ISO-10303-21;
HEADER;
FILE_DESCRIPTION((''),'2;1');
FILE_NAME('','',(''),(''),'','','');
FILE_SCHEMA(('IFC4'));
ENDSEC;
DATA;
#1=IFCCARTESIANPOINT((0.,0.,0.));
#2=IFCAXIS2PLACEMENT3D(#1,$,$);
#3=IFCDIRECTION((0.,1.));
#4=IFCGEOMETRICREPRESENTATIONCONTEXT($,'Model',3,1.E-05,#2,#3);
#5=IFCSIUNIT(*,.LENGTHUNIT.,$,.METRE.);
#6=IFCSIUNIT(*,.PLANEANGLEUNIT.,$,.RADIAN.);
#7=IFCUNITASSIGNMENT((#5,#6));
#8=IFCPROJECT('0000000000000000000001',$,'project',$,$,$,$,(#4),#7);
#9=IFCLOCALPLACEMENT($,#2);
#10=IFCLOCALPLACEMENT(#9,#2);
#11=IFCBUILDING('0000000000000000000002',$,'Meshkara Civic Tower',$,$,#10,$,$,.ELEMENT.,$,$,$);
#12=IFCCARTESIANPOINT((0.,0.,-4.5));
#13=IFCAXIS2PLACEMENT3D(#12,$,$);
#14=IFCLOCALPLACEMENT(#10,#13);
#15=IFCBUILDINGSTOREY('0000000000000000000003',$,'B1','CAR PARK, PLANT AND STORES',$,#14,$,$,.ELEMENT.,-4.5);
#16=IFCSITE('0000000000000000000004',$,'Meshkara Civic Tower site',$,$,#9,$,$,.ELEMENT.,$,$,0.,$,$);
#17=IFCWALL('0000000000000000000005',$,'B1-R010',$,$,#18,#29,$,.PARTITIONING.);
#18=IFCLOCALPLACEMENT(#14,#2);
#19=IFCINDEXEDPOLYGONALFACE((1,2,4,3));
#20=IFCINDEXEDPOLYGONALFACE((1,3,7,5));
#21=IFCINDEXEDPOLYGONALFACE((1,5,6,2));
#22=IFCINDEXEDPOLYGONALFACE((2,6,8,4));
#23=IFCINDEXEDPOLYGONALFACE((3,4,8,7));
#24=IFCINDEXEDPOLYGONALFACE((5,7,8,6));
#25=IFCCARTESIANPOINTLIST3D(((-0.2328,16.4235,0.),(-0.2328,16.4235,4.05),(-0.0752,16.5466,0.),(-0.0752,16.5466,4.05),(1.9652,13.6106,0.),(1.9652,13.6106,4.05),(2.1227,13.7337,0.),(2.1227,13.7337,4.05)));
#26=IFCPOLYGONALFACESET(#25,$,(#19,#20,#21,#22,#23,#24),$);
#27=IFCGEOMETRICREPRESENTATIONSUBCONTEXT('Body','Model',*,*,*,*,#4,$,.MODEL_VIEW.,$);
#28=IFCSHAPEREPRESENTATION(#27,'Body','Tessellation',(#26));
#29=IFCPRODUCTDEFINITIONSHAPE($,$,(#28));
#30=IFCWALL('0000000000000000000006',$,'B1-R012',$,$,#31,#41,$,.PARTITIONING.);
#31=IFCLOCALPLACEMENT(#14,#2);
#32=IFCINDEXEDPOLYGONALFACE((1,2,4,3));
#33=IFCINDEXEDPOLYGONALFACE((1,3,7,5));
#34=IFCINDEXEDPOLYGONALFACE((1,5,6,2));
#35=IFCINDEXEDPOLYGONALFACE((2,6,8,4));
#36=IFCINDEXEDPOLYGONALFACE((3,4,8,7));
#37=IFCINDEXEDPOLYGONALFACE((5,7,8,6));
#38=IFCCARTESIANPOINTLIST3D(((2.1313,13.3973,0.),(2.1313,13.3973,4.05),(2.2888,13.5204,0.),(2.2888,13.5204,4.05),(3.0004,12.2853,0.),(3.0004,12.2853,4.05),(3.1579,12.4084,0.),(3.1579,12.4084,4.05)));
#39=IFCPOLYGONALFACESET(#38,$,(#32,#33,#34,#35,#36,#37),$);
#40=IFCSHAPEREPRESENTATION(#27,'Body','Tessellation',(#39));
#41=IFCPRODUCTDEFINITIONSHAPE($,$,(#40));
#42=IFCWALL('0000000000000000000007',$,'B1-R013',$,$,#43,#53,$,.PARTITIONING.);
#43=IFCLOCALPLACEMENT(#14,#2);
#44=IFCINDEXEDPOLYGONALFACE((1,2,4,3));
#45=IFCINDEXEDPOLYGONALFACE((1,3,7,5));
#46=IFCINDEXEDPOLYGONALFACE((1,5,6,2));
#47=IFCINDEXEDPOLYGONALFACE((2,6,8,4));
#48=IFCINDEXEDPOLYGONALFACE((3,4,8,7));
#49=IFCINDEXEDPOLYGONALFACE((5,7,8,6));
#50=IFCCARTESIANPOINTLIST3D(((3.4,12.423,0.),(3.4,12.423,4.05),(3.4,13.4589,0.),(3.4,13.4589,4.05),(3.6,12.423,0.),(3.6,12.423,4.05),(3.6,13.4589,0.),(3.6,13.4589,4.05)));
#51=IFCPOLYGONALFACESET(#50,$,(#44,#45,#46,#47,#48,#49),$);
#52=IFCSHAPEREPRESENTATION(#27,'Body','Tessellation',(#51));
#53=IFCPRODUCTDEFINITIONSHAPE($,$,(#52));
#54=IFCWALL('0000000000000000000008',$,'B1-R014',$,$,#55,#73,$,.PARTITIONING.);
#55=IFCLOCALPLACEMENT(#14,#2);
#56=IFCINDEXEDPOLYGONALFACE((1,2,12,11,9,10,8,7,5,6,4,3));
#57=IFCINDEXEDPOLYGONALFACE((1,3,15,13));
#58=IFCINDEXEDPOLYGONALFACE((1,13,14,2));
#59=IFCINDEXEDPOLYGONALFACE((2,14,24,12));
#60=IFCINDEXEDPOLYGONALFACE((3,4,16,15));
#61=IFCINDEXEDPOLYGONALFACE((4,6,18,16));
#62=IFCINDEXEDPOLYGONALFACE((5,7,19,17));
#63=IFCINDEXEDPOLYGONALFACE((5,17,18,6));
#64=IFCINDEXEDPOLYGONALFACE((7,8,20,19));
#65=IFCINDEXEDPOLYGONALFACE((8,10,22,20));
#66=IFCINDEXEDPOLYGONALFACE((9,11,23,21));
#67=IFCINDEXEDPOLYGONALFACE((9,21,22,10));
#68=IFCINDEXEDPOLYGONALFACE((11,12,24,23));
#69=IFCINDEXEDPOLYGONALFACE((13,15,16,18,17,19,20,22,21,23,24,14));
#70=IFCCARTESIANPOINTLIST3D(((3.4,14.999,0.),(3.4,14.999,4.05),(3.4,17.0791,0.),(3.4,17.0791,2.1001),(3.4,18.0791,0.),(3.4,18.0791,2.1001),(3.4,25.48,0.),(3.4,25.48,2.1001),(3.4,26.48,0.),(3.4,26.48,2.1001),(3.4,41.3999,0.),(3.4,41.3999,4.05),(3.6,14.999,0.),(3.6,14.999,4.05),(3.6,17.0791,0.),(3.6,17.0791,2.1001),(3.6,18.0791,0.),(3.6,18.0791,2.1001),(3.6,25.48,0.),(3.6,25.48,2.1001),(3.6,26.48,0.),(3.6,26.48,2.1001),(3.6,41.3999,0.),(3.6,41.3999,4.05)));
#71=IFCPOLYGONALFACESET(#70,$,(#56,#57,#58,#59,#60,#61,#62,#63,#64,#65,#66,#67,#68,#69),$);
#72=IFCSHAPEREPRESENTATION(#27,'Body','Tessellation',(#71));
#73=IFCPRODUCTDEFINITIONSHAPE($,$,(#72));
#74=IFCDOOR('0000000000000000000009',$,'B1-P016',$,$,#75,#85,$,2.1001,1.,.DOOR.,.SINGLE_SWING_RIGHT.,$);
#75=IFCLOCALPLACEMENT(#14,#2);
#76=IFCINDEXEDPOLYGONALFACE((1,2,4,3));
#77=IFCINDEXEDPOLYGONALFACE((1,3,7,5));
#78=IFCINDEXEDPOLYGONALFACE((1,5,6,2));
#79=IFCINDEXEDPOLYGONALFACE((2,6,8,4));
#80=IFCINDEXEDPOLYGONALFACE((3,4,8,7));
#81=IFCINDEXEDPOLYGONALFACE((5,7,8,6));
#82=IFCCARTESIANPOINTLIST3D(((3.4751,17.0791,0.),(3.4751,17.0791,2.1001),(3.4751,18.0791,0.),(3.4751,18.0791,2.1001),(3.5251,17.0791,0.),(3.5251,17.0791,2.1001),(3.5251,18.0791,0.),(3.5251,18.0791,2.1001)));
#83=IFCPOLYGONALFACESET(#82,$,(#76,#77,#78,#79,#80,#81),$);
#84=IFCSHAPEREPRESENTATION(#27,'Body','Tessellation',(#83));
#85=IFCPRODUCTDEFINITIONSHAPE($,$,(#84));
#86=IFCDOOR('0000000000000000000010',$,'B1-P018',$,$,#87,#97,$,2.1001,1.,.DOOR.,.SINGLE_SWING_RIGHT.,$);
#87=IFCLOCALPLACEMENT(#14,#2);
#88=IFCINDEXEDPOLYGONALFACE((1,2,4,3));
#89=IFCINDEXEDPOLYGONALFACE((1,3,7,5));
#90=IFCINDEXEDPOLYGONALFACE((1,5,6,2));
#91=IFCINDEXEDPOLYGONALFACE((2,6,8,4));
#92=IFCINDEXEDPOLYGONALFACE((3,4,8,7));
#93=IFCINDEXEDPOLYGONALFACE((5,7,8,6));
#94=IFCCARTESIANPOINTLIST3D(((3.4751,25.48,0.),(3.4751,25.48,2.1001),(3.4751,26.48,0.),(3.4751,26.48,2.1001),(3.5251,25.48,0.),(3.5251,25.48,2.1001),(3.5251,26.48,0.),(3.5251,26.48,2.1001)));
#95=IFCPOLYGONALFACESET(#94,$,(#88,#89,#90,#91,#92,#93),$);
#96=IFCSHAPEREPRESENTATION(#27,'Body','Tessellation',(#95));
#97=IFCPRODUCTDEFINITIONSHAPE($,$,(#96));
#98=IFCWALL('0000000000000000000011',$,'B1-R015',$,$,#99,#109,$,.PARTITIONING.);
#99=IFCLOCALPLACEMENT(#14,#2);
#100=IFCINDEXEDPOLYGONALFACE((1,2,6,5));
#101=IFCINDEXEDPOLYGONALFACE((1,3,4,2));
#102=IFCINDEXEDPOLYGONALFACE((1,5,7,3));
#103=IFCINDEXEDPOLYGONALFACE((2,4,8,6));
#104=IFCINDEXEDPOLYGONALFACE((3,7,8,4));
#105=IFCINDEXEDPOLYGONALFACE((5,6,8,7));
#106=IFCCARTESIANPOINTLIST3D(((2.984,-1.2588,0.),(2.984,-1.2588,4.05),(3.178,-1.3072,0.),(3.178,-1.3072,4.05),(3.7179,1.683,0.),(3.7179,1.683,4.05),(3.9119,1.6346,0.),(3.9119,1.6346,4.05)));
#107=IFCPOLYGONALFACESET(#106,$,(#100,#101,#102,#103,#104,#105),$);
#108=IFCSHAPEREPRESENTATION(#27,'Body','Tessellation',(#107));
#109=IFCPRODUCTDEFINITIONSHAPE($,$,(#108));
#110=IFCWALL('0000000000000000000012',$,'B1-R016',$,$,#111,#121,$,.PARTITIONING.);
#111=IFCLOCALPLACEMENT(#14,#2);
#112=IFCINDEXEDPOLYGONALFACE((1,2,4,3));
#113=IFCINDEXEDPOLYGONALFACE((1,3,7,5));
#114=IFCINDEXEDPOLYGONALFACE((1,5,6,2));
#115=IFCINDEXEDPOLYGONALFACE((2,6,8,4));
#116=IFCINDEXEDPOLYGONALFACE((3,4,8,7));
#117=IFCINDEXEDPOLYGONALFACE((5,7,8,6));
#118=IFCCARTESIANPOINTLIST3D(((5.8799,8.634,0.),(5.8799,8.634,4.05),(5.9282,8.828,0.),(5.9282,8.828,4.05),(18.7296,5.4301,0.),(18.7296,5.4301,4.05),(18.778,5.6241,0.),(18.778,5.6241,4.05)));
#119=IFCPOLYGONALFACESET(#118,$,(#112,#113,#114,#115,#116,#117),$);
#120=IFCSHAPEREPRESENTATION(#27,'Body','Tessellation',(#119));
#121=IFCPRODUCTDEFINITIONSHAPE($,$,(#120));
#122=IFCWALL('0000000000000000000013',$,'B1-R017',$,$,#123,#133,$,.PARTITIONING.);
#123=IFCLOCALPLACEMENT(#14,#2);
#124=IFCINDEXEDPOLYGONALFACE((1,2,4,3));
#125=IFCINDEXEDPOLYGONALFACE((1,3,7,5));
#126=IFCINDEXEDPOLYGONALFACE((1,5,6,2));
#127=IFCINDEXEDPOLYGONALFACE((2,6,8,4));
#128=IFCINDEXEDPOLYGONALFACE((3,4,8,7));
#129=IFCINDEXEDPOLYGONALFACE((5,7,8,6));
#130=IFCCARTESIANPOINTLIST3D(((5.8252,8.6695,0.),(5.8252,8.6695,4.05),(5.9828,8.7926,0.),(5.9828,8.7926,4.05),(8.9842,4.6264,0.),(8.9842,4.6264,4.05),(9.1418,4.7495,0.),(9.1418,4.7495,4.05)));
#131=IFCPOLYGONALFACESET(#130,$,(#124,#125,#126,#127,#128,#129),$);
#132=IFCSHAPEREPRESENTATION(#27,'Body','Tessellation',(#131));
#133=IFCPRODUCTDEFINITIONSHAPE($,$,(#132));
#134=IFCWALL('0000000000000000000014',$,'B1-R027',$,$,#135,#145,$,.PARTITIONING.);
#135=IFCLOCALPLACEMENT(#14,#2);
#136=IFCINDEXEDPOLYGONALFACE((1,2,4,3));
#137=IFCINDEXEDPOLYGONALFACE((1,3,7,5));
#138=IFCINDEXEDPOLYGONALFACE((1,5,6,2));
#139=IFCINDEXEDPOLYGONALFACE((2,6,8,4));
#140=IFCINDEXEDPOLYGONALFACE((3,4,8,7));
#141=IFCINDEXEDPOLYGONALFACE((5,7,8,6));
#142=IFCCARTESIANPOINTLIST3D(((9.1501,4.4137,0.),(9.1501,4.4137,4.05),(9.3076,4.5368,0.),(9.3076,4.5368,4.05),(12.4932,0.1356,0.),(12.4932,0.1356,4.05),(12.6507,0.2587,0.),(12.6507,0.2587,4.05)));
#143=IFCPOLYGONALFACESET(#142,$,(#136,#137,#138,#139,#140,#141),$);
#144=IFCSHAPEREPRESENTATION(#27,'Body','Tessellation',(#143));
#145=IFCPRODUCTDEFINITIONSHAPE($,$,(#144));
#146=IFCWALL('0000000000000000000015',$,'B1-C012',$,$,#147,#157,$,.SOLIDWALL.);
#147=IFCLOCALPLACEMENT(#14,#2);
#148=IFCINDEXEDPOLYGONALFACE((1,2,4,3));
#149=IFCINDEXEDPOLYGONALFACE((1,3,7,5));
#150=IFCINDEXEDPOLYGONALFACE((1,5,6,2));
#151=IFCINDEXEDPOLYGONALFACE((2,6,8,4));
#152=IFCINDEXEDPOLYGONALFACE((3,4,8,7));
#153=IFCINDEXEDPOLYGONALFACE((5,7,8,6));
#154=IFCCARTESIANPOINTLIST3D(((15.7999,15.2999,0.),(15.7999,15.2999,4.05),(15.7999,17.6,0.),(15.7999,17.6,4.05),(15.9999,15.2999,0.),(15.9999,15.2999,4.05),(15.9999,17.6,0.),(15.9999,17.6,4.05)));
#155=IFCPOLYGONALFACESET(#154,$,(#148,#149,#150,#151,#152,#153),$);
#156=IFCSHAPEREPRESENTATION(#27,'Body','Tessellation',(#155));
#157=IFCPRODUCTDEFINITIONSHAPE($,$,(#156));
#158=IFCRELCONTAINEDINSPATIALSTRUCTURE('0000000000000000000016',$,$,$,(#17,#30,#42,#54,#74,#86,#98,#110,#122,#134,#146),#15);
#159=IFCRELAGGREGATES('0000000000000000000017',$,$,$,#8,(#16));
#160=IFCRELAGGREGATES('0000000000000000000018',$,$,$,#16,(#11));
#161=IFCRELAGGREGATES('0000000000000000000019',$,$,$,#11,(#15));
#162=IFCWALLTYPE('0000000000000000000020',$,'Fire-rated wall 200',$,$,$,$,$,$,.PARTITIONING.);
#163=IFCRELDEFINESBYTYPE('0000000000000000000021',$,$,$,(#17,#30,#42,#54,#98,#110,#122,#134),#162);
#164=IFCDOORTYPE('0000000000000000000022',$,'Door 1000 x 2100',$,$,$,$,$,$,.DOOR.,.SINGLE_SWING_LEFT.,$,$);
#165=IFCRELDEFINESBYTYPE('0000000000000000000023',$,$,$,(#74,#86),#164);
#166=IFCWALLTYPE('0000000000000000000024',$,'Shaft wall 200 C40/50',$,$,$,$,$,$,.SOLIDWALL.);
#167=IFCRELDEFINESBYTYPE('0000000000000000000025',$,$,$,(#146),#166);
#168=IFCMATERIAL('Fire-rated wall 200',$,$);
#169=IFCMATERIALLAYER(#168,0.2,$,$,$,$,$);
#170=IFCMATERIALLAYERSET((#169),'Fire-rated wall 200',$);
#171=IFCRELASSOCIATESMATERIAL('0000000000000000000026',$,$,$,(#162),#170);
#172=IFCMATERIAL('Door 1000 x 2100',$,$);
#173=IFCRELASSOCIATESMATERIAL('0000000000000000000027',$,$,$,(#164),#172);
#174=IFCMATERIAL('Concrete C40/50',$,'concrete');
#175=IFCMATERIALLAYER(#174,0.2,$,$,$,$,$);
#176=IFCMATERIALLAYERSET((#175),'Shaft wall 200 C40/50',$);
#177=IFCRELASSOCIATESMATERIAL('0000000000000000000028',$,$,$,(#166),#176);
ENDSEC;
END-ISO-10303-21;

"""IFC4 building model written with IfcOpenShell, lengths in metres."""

from ifc_helpers import new_model, si_unit, direction, frame, frame_2d, origin, place, context, subcontext, project, spatial, rectangle, extrude, material, layer, layer_set, type_object, element, fill, save


model = new_model("IFC4")

# Units and contexts
model_context = context("Model", 3, precision=1e-05, world=origin(), true_north=direction((0.0, 1.0)))
body_context = subcontext(model_context, "Body", "Model", "MODEL_VIEW")
ifc_project = project(units=[si_unit("LENGTHUNIT", "METRE"), si_unit("PLANEANGLEUNIT", "RADIAN")], contexts=[model_context])

# Site, building, storey
site_placement = place(None, origin())
site = spatial("IfcSite", under=ifc_project, at=site_placement, Name="Meshkara Civic Tower site", CompositionType="ELEMENT", RefElevation=0.0)
building_placement = place(site_placement, origin())
building = spatial("IfcBuilding", under=site, at=building_placement, Name="Meshkara Civic Tower", CompositionType="ELEMENT")
storey_placement = place(building_placement, frame((0.0, 0.0, -4.5)))
storey = spatial("IfcBuildingStorey", under=building, at=storey_placement, Name="B1", Description="CAR PARK, PLANT AND STORES", CompositionType="ELEMENT", Elevation=-4.5)

# Walls
ifc_material_1 = material(Name="Fire-rated wall 200")
ifc_layer_1 = layer(ifc_material_1, 0.2)
ifc_layer_set_1 = layer_set([ifc_layer_1], Name="Fire-rated wall 200")
wall_type_1 = type_object("IfcWallType", Name="Fire-rated wall 200", PredefinedType="PARTITIONING", material=ifc_layer_set_1)
wall_1_placement = place(storey_placement, frame((2.0439, 13.6721, 0.0), z_axis=(0.0, 0.0, 1.0), x_axis=(-0.615705, 0.787977, 0.0)))
element("IfcWall", 1, at=wall_1_placement, inside=storey, type_object=wall_type_1, Name="B1-R010", PredefinedType="PARTITIONING", context=body_context, shape_type="SweptSolid", body=[
    extrude(rectangle(XDim=3.5698, YDim=0.2, at=frame_2d((1.7849, 0.0))), origin(), (0.0, 0.0, 1.0), 4.05),
])
wall_2_placement = place(storey_placement, frame((3.0791, 12.3469, 0.0), z_axis=(0.0, 0.0, 1.0), x_axis=(-0.615795, 0.787906, 0.0)))
element("IfcWall", 2, at=wall_2_placement, inside=storey, type_object=wall_type_1, Name="B1-R012", PredefinedType="PARTITIONING", context=body_context, shape_type="SweptSolid", body=[
    extrude(rectangle(XDim=1.4114, YDim=0.2, at=frame_2d((0.7056, 0.0))), origin(), (0.0, 0.0, 1.0), 4.05),
])
wall_3_placement = place(storey_placement, frame((3.5, 13.459, 0.0), z_axis=(0.0, 0.0, 1.0), x_axis=(0.0, -1.0, 0.0)))
element("IfcWall", 3, at=wall_3_placement, inside=storey, type_object=wall_type_1, Name="B1-R013", PredefinedType="PARTITIONING", context=body_context, shape_type="SweptSolid", body=[
    extrude(rectangle(XDim=1.0359, YDim=0.2, at=frame_2d((0.5181, 0.0))), origin(), (0.0, 0.0, 1.0), 4.05),
])

# Wall, openings, doors
wall_4_placement = place(storey_placement, frame((3.5, 14.999, 0.0), z_axis=(0.0, 0.0, 1.0), x_axis=(0.0, 1.0, 0.0)))
wall_4 = element("IfcWall", 4, at=wall_4_placement, inside=storey, type_object=wall_type_1, Name="B1-R014", PredefinedType="PARTITIONING", context=body_context, shape_type="SweptSolid", body=[
    extrude(rectangle(XDim=26.4009, YDim=0.2, at=frame_2d((13.2004, 0.0))), origin(), (0.0, 0.0, 1.0), 4.05),
])
opening_1_placement = place(wall_4_placement, frame((2.0801, 0.0, 0.0)))
opening_1 = element("IfcOpeningElement", 5, at=opening_1_placement, cuts=wall_4, PredefinedType="OPENING", context=body_context, shape_type="SweptSolid", body=[
    extrude(rectangle(XDim=1.0, YDim=2.1001, at=frame_2d((0.5, 1.05))), frame((0.0, 0.1099, 0.0), z_axis=(0.0, -1.0, 0.0), x_axis=(1.0, 0.0, 0.0)), (0.0, 0.0, 1.0), 0.22),
])
opening_2_placement = place(wall_4_placement, frame((10.481, 0.0, 0.0)))
opening_2 = element("IfcOpeningElement", 6, at=opening_2_placement, cuts=wall_4, PredefinedType="OPENING", context=body_context, shape_type="SweptSolid", body=[
    extrude(rectangle(XDim=1.0, YDim=2.1001, at=frame_2d((0.5, 1.05))), frame((0.0, 0.1099, 0.0), z_axis=(0.0, -1.0, 0.0), x_axis=(1.0, 0.0, 0.0)), (0.0, 0.0, 1.0), 0.22),
])
ifc_material_2 = material(Name="Door 1000 x 2100")
door_type_1 = type_object("IfcDoorType", Name="Door 1000 x 2100", OperationType="SINGLE_SWING_LEFT", PredefinedType="DOOR", material=ifc_material_2)
door_1_placement = place(opening_1_placement, origin())
door_1 = element("IfcDoor", 7, at=door_1_placement, inside=storey, type_object=door_type_1, Name="B1-P016", OperationType="SINGLE_SWING_RIGHT", OverallHeight=2.1001, OverallWidth=1.0, PredefinedType="DOOR", context=body_context, shape_type="SweptSolid", body=[
    extrude(rectangle(XDim=1.0, YDim=2.1001, at=frame_2d((0.5, 1.05))), frame((0.0, 0.0249, 0.0), z_axis=(0.0, -1.0, 0.0), x_axis=(1.0, 0.0, 0.0)), (0.0, 0.0, 1.0), 0.05),
])
fill(opening_1, door_1)
door_2_placement = place(opening_2_placement, origin())
door_2 = element("IfcDoor", 8, at=door_2_placement, inside=storey, type_object=door_type_1, Name="B1-P018", OperationType="SINGLE_SWING_RIGHT", OverallHeight=2.1001, OverallWidth=1.0, PredefinedType="DOOR", context=body_context, shape_type="SweptSolid", body=[
    extrude(rectangle(XDim=1.0, YDim=2.1001, at=frame_2d((0.5, 1.05))), frame((0.0, 0.0249, 0.0), z_axis=(0.0, -1.0, 0.0), x_axis=(1.0, 0.0, 0.0)), (0.0, 0.0, 1.0), 0.05),
])
fill(opening_2, door_2)

# Walls
wall_5_placement = place(storey_placement, frame((3.8149, 1.6589, 0.0), z_axis=(0.0, 0.0, 1.0), x_axis=(-0.242043, -0.970266, 0.0)))
element("IfcWall", 9, at=wall_5_placement, inside=storey, type_object=wall_type_1, Name="B1-R015", PredefinedType="PARTITIONING", context=body_context, shape_type="SweptSolid", body=[
    extrude(rectangle(XDim=3.032, YDim=0.2, at=frame_2d((1.5161, 0.0))), origin(), (0.0, 0.0, 1.0), 4.05),
])
wall_6_placement = place(storey_placement, frame((5.9041, 8.731, 0.0), z_axis=(0.0, 0.0, 1.0), x_axis=(0.970295, -0.241924, 0.0)))
element("IfcWall", 10, at=wall_6_placement, inside=storey, type_object=wall_type_1, Name="B1-R016", PredefinedType="PARTITIONING", context=body_context, shape_type="SweptSolid", body=[
    extrude(rectangle(XDim=13.2432, YDim=0.2, at=frame_2d((6.6216, 0.0))), origin(), (0.0, 0.0, 1.0), 4.05),
])
wall_7_placement = place(storey_placement, frame((9.063, 4.688, 0.0), z_axis=(0.0, 0.0, 1.0), x_axis=(-0.615688, 0.78799, 0.0)))
element("IfcWall", 11, at=wall_7_placement, inside=storey, type_object=wall_type_1, Name="B1-R017", PredefinedType="PARTITIONING", context=body_context, shape_type="SweptSolid", body=[
    extrude(rectangle(XDim=5.1309, YDim=0.2, at=frame_2d((2.5654, 0.0))), origin(), (0.0, 0.0, 1.0), 4.05),
])
wall_8_placement = place(storey_placement, frame((12.572, 0.197, 0.0), z_axis=(0.0, 0.0, 1.0), x_axis=(-0.615732, 0.787956, 0.0)))
element("IfcWall", 12, at=wall_8_placement, inside=storey, type_object=wall_type_1, Name="B1-R027", PredefinedType="PARTITIONING", context=body_context, shape_type="SweptSolid", body=[
    extrude(rectangle(XDim=5.4294, YDim=0.2, at=frame_2d((2.7148, 0.0))), origin(), (0.0, 0.0, 1.0), 4.05),
])
ifc_material_3 = material(Name="Concrete C40/50", Category="concrete")
ifc_layer_2 = layer(ifc_material_3, 0.2)
ifc_layer_set_2 = layer_set([ifc_layer_2], Name="Shaft wall 200 C40/50")
wall_type_2 = type_object("IfcWallType", Name="Shaft wall 200 C40/50", PredefinedType="SOLIDWALL", material=ifc_layer_set_2)
wall_9_placement = place(storey_placement, frame((15.8999, 15.3, 0.0), z_axis=(0.0, 0.0, 1.0), x_axis=(0.0, 1.0, 0.0)))
element("IfcWall", 13, at=wall_9_placement, inside=storey, type_object=wall_type_2, Name="B1-C012", PredefinedType="SOLIDWALL", context=body_context, shape_type="SweptSolid", body=[
    extrude(rectangle(XDim=2.3, YDim=0.2, at=frame_2d((1.1499, 0.0))), origin(), (0.0, 0.0, 1.0), 4.05),
])

save(model, "model.ifc")
